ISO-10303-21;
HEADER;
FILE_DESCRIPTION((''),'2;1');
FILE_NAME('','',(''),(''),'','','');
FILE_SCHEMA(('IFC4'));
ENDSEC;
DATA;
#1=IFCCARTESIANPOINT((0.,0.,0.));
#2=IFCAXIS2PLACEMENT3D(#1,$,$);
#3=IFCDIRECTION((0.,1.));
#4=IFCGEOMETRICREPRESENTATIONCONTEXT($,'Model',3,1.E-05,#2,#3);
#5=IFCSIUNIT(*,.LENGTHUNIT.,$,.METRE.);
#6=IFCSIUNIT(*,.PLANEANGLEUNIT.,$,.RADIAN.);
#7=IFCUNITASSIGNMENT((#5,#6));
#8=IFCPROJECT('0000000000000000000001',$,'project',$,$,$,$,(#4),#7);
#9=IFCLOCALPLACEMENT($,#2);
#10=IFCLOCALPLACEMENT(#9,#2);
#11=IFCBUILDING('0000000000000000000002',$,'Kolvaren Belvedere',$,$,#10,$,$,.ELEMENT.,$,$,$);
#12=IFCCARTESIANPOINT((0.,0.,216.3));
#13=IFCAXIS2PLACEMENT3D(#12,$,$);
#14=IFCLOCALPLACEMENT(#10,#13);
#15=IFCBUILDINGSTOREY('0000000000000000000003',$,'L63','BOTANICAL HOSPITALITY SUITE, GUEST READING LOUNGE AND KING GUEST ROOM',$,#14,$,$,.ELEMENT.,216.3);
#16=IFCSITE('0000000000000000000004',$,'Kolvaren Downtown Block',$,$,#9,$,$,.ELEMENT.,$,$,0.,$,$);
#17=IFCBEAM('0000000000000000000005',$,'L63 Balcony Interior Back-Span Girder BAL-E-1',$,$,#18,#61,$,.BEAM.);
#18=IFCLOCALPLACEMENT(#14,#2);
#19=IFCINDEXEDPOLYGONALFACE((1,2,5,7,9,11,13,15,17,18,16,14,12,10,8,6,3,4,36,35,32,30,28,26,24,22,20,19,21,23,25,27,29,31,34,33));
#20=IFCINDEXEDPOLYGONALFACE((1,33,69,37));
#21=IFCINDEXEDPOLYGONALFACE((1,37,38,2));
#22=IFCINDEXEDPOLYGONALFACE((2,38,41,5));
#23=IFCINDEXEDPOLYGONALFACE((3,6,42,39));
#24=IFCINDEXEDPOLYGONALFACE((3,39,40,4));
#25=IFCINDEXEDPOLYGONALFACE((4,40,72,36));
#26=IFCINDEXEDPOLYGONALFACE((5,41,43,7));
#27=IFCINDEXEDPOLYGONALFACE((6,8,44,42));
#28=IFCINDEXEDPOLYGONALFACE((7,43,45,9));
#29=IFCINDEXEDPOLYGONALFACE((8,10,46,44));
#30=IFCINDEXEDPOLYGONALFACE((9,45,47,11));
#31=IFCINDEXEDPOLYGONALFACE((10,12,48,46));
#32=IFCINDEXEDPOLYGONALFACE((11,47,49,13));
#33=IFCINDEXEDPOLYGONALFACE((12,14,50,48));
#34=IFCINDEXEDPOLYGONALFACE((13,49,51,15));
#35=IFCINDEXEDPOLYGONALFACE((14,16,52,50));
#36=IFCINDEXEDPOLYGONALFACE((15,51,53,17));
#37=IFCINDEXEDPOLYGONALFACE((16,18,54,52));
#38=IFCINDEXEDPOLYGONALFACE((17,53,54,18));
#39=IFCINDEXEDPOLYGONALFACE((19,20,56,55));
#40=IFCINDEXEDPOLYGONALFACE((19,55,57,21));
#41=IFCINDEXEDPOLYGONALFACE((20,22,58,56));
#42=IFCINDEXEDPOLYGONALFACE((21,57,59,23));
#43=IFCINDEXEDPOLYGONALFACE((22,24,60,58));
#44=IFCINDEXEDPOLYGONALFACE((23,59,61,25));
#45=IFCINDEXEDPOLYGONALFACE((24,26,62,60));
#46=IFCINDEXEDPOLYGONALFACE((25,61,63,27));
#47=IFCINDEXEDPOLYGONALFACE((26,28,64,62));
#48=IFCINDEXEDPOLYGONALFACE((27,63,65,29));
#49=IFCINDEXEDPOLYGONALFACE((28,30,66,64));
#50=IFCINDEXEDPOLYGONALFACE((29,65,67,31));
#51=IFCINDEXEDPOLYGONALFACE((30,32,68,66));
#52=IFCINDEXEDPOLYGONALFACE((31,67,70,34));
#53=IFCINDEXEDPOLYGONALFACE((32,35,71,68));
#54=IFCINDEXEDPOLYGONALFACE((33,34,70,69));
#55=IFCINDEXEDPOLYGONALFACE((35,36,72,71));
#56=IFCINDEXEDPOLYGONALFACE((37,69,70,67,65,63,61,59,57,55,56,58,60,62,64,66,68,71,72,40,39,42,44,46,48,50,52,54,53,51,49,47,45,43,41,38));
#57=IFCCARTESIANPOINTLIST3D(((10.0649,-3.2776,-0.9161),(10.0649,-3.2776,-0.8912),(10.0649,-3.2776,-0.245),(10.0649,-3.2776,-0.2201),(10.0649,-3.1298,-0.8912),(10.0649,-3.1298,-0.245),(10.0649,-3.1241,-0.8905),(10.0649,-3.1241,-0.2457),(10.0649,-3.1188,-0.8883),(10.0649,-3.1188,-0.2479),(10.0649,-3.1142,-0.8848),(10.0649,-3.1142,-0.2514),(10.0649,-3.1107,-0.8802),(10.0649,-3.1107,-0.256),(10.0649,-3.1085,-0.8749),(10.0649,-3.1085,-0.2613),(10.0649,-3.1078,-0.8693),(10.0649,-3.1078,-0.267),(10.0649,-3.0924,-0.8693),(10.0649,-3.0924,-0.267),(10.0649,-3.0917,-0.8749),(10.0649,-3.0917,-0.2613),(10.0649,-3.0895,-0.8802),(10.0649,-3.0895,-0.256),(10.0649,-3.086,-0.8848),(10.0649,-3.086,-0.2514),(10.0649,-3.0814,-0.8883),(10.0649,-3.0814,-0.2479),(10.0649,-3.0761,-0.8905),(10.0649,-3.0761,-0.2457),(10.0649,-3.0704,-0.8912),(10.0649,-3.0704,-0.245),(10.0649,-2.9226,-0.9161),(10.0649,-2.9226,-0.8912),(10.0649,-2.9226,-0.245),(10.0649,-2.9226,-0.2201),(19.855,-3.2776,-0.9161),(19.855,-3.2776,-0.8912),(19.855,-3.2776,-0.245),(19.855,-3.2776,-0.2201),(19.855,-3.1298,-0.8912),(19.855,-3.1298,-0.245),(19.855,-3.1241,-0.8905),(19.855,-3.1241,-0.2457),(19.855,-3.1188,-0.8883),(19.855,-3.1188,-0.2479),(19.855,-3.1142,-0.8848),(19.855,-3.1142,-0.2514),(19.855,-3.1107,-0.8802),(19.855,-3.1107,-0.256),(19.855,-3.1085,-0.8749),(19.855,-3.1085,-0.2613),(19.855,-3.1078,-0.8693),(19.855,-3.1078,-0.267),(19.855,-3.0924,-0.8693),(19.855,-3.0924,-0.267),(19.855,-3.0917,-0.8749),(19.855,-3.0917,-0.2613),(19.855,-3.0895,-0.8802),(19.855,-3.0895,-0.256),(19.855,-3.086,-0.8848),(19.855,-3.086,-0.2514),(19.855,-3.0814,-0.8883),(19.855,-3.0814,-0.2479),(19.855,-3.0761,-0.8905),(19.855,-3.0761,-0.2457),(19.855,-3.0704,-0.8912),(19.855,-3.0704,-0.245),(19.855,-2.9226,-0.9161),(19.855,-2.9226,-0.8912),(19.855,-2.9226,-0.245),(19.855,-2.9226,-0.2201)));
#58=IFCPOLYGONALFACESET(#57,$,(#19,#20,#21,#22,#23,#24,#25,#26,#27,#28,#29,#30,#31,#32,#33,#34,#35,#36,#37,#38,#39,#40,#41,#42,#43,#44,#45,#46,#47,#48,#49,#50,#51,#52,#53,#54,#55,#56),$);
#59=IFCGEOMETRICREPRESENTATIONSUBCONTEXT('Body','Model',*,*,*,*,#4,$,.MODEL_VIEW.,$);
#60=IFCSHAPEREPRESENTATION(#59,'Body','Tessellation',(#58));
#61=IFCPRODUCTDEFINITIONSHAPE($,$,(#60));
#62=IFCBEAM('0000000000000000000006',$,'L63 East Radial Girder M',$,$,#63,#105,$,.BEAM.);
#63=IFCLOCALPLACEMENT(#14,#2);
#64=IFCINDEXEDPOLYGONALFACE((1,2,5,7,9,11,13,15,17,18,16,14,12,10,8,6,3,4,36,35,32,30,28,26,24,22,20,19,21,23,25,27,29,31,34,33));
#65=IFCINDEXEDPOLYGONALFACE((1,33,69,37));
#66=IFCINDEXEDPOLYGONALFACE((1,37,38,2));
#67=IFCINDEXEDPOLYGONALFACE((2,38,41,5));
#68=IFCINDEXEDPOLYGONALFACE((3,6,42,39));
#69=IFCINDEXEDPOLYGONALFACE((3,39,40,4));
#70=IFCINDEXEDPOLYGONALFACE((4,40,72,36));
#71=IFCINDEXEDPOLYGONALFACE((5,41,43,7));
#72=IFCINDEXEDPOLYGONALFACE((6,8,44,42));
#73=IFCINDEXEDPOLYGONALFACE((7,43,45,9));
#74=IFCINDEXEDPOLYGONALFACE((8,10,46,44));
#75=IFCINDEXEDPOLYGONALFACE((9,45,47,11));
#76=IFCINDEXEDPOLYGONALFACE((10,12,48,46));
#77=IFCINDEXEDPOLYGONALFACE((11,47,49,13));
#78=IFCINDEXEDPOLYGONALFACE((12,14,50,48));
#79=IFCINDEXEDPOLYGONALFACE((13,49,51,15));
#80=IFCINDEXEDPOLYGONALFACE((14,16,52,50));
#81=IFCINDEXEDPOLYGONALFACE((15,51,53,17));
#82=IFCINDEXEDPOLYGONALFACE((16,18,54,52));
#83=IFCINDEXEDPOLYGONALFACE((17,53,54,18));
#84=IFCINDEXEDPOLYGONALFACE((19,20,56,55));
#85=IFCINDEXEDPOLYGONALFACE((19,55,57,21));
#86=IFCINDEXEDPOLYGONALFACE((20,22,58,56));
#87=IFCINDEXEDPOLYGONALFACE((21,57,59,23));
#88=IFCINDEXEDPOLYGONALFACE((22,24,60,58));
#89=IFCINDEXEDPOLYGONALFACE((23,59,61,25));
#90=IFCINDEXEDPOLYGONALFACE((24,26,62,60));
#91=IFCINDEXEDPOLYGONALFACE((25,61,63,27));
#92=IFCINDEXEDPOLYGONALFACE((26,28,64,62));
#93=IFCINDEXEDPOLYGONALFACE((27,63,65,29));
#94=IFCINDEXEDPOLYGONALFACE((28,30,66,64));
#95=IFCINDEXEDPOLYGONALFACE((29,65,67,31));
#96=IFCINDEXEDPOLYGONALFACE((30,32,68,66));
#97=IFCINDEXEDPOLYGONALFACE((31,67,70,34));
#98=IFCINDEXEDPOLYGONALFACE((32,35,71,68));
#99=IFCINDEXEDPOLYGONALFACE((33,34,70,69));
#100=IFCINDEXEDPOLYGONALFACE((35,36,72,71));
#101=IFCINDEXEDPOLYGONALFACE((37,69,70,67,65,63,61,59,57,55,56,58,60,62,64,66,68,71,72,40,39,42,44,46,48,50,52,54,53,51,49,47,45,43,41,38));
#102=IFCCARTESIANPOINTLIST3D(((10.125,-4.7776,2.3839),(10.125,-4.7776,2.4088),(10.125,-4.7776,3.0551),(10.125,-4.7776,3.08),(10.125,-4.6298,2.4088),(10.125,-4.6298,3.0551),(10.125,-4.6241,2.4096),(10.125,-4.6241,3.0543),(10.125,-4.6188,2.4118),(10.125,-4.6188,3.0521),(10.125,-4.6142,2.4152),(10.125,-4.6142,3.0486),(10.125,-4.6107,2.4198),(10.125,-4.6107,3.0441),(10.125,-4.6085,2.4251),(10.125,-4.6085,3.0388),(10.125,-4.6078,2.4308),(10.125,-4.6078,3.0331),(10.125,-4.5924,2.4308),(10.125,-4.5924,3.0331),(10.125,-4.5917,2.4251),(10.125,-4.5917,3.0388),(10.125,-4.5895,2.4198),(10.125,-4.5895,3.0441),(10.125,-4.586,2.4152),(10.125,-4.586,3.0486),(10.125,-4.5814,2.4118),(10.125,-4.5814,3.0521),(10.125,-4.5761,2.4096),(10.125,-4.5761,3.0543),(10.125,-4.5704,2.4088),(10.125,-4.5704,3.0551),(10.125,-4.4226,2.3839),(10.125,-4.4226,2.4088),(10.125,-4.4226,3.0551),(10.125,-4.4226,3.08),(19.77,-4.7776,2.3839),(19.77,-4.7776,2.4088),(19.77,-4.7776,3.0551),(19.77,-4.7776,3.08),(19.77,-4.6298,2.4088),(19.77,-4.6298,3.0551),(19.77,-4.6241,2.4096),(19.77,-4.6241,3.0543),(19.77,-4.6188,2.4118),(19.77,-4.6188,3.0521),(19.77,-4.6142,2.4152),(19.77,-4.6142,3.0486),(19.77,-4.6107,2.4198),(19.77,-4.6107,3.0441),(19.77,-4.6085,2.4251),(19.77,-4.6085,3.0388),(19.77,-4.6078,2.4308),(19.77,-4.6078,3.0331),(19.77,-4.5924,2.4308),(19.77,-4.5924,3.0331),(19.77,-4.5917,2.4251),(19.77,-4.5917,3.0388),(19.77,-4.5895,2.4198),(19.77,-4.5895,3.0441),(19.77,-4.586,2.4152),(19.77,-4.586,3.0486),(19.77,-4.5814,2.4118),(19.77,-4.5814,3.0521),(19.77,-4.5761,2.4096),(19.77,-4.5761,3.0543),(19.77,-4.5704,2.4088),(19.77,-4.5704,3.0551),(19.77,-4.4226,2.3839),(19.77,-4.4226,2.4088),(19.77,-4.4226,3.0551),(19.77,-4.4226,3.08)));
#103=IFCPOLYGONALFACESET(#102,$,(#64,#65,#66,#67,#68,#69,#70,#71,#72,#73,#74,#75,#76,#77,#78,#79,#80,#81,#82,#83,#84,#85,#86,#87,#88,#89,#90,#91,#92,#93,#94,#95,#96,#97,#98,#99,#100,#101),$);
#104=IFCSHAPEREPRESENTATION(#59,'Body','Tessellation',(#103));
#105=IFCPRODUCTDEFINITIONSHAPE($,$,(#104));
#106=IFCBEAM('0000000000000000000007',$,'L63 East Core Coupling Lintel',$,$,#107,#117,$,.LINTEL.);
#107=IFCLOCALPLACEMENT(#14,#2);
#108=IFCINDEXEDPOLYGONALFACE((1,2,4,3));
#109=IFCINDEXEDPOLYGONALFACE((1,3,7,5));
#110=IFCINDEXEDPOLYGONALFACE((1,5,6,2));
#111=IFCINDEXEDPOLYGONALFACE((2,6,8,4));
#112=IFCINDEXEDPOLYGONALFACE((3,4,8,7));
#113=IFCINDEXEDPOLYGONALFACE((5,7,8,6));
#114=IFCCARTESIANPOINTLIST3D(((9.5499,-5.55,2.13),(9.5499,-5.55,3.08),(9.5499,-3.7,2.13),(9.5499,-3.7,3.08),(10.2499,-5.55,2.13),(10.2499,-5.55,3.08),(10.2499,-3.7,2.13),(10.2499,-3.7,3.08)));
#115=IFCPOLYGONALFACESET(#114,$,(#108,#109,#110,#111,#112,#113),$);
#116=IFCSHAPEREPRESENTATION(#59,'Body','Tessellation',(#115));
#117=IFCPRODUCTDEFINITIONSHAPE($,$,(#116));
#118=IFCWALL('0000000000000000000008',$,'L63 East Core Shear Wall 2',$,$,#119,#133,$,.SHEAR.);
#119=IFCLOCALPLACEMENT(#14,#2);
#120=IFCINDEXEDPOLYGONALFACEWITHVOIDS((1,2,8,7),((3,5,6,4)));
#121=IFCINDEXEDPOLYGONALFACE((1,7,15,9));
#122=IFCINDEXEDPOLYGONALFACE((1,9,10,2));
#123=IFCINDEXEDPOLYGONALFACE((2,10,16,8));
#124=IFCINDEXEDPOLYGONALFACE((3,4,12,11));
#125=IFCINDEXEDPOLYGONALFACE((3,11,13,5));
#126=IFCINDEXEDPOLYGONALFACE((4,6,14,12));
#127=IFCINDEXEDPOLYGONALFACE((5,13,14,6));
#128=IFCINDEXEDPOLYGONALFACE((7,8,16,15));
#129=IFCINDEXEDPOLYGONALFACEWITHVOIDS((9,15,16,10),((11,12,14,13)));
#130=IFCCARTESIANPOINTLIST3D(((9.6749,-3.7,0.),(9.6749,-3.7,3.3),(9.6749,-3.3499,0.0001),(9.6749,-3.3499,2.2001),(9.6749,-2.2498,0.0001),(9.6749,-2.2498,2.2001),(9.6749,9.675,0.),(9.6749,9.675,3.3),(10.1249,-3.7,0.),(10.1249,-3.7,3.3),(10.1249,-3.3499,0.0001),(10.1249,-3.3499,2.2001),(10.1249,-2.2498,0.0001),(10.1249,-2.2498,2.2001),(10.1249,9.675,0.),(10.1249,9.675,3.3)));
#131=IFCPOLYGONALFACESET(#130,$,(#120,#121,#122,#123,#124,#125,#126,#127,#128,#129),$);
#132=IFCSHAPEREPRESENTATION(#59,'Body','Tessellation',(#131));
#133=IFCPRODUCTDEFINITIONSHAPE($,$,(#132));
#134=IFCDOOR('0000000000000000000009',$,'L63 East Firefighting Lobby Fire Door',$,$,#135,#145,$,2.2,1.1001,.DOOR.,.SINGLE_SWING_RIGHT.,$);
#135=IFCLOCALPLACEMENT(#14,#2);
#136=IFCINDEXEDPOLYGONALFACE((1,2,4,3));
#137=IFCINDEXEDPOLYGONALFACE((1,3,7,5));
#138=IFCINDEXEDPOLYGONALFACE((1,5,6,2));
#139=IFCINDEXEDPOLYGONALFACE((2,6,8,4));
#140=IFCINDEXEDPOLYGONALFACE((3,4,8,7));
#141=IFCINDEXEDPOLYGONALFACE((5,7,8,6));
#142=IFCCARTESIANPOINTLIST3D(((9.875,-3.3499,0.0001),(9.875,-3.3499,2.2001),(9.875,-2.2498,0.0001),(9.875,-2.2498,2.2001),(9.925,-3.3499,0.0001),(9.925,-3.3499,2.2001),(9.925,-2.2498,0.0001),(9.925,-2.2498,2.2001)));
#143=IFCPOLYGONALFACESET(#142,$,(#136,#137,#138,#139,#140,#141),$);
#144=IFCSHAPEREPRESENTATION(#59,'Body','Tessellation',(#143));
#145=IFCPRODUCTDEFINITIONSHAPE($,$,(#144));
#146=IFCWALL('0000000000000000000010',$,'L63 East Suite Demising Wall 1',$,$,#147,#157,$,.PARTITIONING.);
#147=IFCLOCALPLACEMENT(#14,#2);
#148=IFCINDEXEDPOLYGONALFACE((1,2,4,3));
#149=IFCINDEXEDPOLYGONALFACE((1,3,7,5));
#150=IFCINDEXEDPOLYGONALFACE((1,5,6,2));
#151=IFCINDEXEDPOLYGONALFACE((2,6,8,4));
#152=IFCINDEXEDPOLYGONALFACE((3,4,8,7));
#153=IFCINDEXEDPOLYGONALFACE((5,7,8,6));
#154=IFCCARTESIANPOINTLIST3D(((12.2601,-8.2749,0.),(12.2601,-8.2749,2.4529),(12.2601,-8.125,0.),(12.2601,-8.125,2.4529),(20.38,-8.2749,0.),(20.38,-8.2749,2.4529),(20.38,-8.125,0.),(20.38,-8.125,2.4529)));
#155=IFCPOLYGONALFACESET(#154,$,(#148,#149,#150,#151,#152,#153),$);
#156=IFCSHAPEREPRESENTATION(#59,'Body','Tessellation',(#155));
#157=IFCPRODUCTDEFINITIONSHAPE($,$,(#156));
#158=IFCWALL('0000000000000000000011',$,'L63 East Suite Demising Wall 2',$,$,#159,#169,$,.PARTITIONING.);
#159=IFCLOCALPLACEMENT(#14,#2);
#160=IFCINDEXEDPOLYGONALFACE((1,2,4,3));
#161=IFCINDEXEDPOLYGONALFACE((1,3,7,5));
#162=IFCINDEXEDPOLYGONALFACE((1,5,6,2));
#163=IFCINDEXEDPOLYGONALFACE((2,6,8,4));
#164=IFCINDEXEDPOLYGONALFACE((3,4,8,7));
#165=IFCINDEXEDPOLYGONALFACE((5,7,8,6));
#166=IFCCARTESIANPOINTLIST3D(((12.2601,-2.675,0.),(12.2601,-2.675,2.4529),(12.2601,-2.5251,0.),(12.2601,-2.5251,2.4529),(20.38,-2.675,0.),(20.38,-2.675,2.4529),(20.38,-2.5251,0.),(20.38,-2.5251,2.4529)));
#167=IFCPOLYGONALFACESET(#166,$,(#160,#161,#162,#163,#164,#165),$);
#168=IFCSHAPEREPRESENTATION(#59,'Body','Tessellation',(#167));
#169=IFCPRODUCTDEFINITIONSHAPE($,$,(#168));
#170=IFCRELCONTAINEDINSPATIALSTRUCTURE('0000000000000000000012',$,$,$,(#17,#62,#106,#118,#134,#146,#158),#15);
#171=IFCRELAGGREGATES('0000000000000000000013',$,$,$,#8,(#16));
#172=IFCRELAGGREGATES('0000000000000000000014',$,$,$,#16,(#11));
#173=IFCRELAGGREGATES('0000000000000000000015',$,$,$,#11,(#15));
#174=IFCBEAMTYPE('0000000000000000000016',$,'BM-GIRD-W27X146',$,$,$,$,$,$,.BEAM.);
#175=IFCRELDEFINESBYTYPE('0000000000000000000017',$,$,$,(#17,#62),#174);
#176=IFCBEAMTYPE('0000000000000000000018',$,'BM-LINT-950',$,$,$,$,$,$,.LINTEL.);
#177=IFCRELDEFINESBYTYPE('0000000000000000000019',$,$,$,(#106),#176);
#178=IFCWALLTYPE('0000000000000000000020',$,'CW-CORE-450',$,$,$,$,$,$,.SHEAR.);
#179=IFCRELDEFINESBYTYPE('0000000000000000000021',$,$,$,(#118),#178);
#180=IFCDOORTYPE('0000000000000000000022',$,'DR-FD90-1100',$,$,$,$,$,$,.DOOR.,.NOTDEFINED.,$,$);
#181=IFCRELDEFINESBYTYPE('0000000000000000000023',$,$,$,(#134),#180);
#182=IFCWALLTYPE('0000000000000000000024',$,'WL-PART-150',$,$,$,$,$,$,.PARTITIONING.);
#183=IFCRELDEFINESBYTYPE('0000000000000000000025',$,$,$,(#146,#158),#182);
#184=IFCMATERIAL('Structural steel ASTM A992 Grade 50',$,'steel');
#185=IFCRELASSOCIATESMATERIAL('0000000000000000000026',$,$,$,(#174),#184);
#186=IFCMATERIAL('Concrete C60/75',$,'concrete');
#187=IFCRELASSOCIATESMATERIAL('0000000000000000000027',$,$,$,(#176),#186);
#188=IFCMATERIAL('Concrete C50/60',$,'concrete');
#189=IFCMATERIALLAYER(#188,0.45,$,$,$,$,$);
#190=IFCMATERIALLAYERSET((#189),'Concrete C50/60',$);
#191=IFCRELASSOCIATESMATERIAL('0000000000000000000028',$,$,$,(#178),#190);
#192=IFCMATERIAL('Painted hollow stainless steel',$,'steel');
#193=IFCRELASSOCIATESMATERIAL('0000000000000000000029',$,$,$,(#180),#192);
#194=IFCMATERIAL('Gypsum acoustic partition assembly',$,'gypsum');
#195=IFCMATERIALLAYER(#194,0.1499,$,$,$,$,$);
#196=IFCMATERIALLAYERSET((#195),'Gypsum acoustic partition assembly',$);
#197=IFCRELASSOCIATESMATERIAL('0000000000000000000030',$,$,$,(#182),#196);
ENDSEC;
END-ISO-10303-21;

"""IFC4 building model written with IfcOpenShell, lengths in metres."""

from ifc_helpers import new_model, si_unit, direction, frame, frame_2d, origin, origin_2d, place, context, subcontext, project, spatial, rectangle, i_section, extrude, material, layer, layer_set, material_profile, profile_set, type_object, element, fill, save


model = new_model("IFC4")

# Units and contexts
model_context = context("Model", 3, precision=1e-05, world=origin(), true_north=direction((0.0, 1.0)))
body_context = subcontext(model_context, "Body", "Model", "MODEL_VIEW")
ifc_project = project(units=[si_unit("LENGTHUNIT", "METRE"), si_unit("PLANEANGLEUNIT", "RADIAN")], contexts=[model_context])

# Site, building, storey
site_placement = place(None, origin())
site = spatial("IfcSite", under=ifc_project, at=site_placement, Name="Kolvaren Downtown Block", CompositionType="ELEMENT", RefElevation=0.0)
building_placement = place(site_placement, origin())
building = spatial("IfcBuilding", under=site, at=building_placement, Name="Kolvaren Belvedere", CompositionType="ELEMENT")
storey_placement = place(building_placement, frame((0.0, 0.0, 216.3)))
storey = spatial("IfcBuildingStorey", under=building, at=storey_placement, Name="L63", Description="BOTANICAL HOSPITALITY SUITE, GUEST READING LOUNGE AND KING GUEST ROOM", CompositionType="ELEMENT", Elevation=216.3)

# Beams
ifc_material_1 = material(Name="Structural steel ASTM A992 Grade 50", Category="steel")
ifc_material_profile_1 = material_profile(ifc_material_1, i_section(OverallWidth=0.355, OverallDepth=0.696, WebThickness=0.0154, FlangeThickness=0.0249, FilletRadius=0.022, at=origin_2d()), Name="W27X146")
ifc_profile_set_1 = profile_set([ifc_material_profile_1], Name="Structural steel ASTM A992 Grade 50")
beam_type_1 = type_object("IfcBeamType", Name="BM-GIRD-W27X146", PredefinedType="BEAM", material=ifc_profile_set_1)
beam_1_placement = place(storey_placement, frame((10.0649, -3.1001, -0.5681), z_axis=(1.0, 0.0, 0.0), x_axis=(0.0, 1.0, 0.0)))
element("IfcBeam", 1, at=beam_1_placement, inside=storey, type_object=beam_type_1, Name="L63 Balcony Interior Back-Span Girder BAL-E-1", PredefinedType="BEAM", context=body_context, shape_type="SweptSolid", body=[
    extrude(i_section(OverallWidth=0.355, OverallDepth=0.696, WebThickness=0.0154, FlangeThickness=0.0249, FilletRadius=0.022, at=origin_2d()), origin(), (0.0, 0.0, 1.0), 9.79),
])
beam_2_placement = place(storey_placement, frame((10.125, -4.6001, 2.7319), z_axis=(1.0, 0.0, 0.0), x_axis=(0.0, 1.0, 0.0)))
element("IfcBeam", 2, at=beam_2_placement, inside=storey, type_object=beam_type_1, Name="L63 East Radial Girder M", PredefinedType="BEAM", context=body_context, shape_type="SweptSolid", body=[
    extrude(i_section(OverallWidth=0.355, OverallDepth=0.696, WebThickness=0.0154, FlangeThickness=0.0249, FilletRadius=0.022, at=origin_2d()), origin(), (0.0, 0.0, 1.0), 9.645),
])
ifc_material_2 = material(Name="Concrete C60/75", Category="concrete")
ifc_material_profile_2 = material_profile(ifc_material_2, rectangle(XDim=0.7, YDim=0.95, at=origin_2d()), Name="RC 700X950")
ifc_profile_set_2 = profile_set([ifc_material_profile_2], Name="Concrete C60/75")
beam_type_2 = type_object("IfcBeamType", Name="BM-LINT-950", PredefinedType="LINTEL", material=ifc_profile_set_2)
beam_3_placement = place(storey_placement, frame((9.8999, -5.55, 2.605), z_axis=(0.0, 1.0, 0.0), x_axis=(-1.0, 0.0, 0.0)))
element("IfcBeam", 3, at=beam_3_placement, inside=storey, type_object=beam_type_2, Name="L63 East Core Coupling Lintel", PredefinedType="LINTEL", context=body_context, shape_type="SweptSolid", body=[
    extrude(rectangle(XDim=0.7, YDim=0.95, at=origin_2d()), origin(), (0.0, 0.0, 1.0), 1.8501),
])

# Wall, opening, door
ifc_material_3 = material(Name="Concrete C50/60", Category="concrete")
ifc_layer_1 = layer(ifc_material_3, 0.45)
ifc_layer_set_1 = layer_set([ifc_layer_1], Name="Concrete C50/60")
wall_type_1 = type_object("IfcWallType", Name="CW-CORE-450", PredefinedType="SHEAR", material=ifc_layer_set_1)
wall_1_placement = place(storey_placement, frame((9.8999, -3.7, 0.0), z_axis=(0.0, 0.0, 1.0), x_axis=(0.0, 1.0, 0.0)))
wall_1 = element("IfcWall", 4, at=wall_1_placement, inside=storey, type_object=wall_type_1, Name="L63 East Core Shear Wall 2", PredefinedType="SHEAR", context=body_context, shape_type="SweptSolid", body=[
    extrude(rectangle(XDim=13.375, YDim=0.45, at=frame_2d((6.6875, 0.0))), origin(), (0.0, 0.0, 1.0), 3.3),
])
opening_1_placement = place(wall_1_placement, frame((0.3501, 0.0, 0.0)))
opening_1 = element("IfcOpeningElement", 5, at=opening_1_placement, cuts=wall_1, PredefinedType="OPENING", context=body_context, shape_type="SweptSolid", body=[
    extrude(rectangle(XDim=1.1001, YDim=2.2, at=frame_2d((0.55, 1.1001))), frame((0.0, 0.2349, 0.0), z_axis=(0.0, -1.0, 0.0), x_axis=(1.0, 0.0, 0.0)), (0.0, 0.0, 1.0), 0.47),
])
ifc_material_4 = material(Name="Painted hollow stainless steel", Category="steel")
door_type_1 = type_object("IfcDoorType", Name="DR-FD90-1100", OperationType="NOTDEFINED", PredefinedType="DOOR", material=ifc_material_4)
door_1_placement = place(opening_1_placement, origin())
door_1 = element("IfcDoor", 6, at=door_1_placement, inside=storey, type_object=door_type_1, Name="L63 East Firefighting Lobby Fire Door", OperationType="SINGLE_SWING_RIGHT", OverallHeight=2.2, OverallWidth=1.1001, PredefinedType="DOOR", context=body_context, shape_type="SweptSolid", body=[
    extrude(rectangle(XDim=1.1001, YDim=2.2, at=frame_2d((0.55, 1.1001))), frame((0.0, 0.0249, 0.0), z_axis=(0.0, -1.0, 0.0), x_axis=(1.0, 0.0, 0.0)), (0.0, 0.0, 1.0), 0.05),
])
fill(opening_1, door_1)

# Walls
ifc_material_5 = material(Name="Gypsum acoustic partition assembly", Category="gypsum")
ifc_layer_2 = layer(ifc_material_5, 0.1499)
ifc_layer_set_2 = layer_set([ifc_layer_2], Name="Gypsum acoustic partition assembly")
wall_type_2 = type_object("IfcWallType", Name="WL-PART-150", PredefinedType="PARTITIONING", material=ifc_layer_set_2)
for number, where, z_axis, x_axis, name in (
    (7, (12.26, -8.2, 0.0), (0.0, 0.0, 1.0), (1.0, 0.0, 0.0), "L63 East Suite Demising Wall 1"),
    (8, (12.26, -2.6001, 0.0), (0.0, 0.0, 1.0), (1.0, 0.0, 0.0), "L63 East Suite Demising Wall 2"),
):
    element("IfcWall", number, at=place(storey_placement, frame(where, z_axis=z_axis, x_axis=x_axis)), inside=storey, type_object=wall_type_2, Name=name, PredefinedType="PARTITIONING", context=body_context, shape_type="SweptSolid", body=[
        extrude(rectangle(XDim=8.1199, YDim=0.1499, at=frame_2d((4.0601, 0.0))), origin(), (0.0, 0.0, 1.0), 2.4529),
    ])

save(model, "model.ifc")
